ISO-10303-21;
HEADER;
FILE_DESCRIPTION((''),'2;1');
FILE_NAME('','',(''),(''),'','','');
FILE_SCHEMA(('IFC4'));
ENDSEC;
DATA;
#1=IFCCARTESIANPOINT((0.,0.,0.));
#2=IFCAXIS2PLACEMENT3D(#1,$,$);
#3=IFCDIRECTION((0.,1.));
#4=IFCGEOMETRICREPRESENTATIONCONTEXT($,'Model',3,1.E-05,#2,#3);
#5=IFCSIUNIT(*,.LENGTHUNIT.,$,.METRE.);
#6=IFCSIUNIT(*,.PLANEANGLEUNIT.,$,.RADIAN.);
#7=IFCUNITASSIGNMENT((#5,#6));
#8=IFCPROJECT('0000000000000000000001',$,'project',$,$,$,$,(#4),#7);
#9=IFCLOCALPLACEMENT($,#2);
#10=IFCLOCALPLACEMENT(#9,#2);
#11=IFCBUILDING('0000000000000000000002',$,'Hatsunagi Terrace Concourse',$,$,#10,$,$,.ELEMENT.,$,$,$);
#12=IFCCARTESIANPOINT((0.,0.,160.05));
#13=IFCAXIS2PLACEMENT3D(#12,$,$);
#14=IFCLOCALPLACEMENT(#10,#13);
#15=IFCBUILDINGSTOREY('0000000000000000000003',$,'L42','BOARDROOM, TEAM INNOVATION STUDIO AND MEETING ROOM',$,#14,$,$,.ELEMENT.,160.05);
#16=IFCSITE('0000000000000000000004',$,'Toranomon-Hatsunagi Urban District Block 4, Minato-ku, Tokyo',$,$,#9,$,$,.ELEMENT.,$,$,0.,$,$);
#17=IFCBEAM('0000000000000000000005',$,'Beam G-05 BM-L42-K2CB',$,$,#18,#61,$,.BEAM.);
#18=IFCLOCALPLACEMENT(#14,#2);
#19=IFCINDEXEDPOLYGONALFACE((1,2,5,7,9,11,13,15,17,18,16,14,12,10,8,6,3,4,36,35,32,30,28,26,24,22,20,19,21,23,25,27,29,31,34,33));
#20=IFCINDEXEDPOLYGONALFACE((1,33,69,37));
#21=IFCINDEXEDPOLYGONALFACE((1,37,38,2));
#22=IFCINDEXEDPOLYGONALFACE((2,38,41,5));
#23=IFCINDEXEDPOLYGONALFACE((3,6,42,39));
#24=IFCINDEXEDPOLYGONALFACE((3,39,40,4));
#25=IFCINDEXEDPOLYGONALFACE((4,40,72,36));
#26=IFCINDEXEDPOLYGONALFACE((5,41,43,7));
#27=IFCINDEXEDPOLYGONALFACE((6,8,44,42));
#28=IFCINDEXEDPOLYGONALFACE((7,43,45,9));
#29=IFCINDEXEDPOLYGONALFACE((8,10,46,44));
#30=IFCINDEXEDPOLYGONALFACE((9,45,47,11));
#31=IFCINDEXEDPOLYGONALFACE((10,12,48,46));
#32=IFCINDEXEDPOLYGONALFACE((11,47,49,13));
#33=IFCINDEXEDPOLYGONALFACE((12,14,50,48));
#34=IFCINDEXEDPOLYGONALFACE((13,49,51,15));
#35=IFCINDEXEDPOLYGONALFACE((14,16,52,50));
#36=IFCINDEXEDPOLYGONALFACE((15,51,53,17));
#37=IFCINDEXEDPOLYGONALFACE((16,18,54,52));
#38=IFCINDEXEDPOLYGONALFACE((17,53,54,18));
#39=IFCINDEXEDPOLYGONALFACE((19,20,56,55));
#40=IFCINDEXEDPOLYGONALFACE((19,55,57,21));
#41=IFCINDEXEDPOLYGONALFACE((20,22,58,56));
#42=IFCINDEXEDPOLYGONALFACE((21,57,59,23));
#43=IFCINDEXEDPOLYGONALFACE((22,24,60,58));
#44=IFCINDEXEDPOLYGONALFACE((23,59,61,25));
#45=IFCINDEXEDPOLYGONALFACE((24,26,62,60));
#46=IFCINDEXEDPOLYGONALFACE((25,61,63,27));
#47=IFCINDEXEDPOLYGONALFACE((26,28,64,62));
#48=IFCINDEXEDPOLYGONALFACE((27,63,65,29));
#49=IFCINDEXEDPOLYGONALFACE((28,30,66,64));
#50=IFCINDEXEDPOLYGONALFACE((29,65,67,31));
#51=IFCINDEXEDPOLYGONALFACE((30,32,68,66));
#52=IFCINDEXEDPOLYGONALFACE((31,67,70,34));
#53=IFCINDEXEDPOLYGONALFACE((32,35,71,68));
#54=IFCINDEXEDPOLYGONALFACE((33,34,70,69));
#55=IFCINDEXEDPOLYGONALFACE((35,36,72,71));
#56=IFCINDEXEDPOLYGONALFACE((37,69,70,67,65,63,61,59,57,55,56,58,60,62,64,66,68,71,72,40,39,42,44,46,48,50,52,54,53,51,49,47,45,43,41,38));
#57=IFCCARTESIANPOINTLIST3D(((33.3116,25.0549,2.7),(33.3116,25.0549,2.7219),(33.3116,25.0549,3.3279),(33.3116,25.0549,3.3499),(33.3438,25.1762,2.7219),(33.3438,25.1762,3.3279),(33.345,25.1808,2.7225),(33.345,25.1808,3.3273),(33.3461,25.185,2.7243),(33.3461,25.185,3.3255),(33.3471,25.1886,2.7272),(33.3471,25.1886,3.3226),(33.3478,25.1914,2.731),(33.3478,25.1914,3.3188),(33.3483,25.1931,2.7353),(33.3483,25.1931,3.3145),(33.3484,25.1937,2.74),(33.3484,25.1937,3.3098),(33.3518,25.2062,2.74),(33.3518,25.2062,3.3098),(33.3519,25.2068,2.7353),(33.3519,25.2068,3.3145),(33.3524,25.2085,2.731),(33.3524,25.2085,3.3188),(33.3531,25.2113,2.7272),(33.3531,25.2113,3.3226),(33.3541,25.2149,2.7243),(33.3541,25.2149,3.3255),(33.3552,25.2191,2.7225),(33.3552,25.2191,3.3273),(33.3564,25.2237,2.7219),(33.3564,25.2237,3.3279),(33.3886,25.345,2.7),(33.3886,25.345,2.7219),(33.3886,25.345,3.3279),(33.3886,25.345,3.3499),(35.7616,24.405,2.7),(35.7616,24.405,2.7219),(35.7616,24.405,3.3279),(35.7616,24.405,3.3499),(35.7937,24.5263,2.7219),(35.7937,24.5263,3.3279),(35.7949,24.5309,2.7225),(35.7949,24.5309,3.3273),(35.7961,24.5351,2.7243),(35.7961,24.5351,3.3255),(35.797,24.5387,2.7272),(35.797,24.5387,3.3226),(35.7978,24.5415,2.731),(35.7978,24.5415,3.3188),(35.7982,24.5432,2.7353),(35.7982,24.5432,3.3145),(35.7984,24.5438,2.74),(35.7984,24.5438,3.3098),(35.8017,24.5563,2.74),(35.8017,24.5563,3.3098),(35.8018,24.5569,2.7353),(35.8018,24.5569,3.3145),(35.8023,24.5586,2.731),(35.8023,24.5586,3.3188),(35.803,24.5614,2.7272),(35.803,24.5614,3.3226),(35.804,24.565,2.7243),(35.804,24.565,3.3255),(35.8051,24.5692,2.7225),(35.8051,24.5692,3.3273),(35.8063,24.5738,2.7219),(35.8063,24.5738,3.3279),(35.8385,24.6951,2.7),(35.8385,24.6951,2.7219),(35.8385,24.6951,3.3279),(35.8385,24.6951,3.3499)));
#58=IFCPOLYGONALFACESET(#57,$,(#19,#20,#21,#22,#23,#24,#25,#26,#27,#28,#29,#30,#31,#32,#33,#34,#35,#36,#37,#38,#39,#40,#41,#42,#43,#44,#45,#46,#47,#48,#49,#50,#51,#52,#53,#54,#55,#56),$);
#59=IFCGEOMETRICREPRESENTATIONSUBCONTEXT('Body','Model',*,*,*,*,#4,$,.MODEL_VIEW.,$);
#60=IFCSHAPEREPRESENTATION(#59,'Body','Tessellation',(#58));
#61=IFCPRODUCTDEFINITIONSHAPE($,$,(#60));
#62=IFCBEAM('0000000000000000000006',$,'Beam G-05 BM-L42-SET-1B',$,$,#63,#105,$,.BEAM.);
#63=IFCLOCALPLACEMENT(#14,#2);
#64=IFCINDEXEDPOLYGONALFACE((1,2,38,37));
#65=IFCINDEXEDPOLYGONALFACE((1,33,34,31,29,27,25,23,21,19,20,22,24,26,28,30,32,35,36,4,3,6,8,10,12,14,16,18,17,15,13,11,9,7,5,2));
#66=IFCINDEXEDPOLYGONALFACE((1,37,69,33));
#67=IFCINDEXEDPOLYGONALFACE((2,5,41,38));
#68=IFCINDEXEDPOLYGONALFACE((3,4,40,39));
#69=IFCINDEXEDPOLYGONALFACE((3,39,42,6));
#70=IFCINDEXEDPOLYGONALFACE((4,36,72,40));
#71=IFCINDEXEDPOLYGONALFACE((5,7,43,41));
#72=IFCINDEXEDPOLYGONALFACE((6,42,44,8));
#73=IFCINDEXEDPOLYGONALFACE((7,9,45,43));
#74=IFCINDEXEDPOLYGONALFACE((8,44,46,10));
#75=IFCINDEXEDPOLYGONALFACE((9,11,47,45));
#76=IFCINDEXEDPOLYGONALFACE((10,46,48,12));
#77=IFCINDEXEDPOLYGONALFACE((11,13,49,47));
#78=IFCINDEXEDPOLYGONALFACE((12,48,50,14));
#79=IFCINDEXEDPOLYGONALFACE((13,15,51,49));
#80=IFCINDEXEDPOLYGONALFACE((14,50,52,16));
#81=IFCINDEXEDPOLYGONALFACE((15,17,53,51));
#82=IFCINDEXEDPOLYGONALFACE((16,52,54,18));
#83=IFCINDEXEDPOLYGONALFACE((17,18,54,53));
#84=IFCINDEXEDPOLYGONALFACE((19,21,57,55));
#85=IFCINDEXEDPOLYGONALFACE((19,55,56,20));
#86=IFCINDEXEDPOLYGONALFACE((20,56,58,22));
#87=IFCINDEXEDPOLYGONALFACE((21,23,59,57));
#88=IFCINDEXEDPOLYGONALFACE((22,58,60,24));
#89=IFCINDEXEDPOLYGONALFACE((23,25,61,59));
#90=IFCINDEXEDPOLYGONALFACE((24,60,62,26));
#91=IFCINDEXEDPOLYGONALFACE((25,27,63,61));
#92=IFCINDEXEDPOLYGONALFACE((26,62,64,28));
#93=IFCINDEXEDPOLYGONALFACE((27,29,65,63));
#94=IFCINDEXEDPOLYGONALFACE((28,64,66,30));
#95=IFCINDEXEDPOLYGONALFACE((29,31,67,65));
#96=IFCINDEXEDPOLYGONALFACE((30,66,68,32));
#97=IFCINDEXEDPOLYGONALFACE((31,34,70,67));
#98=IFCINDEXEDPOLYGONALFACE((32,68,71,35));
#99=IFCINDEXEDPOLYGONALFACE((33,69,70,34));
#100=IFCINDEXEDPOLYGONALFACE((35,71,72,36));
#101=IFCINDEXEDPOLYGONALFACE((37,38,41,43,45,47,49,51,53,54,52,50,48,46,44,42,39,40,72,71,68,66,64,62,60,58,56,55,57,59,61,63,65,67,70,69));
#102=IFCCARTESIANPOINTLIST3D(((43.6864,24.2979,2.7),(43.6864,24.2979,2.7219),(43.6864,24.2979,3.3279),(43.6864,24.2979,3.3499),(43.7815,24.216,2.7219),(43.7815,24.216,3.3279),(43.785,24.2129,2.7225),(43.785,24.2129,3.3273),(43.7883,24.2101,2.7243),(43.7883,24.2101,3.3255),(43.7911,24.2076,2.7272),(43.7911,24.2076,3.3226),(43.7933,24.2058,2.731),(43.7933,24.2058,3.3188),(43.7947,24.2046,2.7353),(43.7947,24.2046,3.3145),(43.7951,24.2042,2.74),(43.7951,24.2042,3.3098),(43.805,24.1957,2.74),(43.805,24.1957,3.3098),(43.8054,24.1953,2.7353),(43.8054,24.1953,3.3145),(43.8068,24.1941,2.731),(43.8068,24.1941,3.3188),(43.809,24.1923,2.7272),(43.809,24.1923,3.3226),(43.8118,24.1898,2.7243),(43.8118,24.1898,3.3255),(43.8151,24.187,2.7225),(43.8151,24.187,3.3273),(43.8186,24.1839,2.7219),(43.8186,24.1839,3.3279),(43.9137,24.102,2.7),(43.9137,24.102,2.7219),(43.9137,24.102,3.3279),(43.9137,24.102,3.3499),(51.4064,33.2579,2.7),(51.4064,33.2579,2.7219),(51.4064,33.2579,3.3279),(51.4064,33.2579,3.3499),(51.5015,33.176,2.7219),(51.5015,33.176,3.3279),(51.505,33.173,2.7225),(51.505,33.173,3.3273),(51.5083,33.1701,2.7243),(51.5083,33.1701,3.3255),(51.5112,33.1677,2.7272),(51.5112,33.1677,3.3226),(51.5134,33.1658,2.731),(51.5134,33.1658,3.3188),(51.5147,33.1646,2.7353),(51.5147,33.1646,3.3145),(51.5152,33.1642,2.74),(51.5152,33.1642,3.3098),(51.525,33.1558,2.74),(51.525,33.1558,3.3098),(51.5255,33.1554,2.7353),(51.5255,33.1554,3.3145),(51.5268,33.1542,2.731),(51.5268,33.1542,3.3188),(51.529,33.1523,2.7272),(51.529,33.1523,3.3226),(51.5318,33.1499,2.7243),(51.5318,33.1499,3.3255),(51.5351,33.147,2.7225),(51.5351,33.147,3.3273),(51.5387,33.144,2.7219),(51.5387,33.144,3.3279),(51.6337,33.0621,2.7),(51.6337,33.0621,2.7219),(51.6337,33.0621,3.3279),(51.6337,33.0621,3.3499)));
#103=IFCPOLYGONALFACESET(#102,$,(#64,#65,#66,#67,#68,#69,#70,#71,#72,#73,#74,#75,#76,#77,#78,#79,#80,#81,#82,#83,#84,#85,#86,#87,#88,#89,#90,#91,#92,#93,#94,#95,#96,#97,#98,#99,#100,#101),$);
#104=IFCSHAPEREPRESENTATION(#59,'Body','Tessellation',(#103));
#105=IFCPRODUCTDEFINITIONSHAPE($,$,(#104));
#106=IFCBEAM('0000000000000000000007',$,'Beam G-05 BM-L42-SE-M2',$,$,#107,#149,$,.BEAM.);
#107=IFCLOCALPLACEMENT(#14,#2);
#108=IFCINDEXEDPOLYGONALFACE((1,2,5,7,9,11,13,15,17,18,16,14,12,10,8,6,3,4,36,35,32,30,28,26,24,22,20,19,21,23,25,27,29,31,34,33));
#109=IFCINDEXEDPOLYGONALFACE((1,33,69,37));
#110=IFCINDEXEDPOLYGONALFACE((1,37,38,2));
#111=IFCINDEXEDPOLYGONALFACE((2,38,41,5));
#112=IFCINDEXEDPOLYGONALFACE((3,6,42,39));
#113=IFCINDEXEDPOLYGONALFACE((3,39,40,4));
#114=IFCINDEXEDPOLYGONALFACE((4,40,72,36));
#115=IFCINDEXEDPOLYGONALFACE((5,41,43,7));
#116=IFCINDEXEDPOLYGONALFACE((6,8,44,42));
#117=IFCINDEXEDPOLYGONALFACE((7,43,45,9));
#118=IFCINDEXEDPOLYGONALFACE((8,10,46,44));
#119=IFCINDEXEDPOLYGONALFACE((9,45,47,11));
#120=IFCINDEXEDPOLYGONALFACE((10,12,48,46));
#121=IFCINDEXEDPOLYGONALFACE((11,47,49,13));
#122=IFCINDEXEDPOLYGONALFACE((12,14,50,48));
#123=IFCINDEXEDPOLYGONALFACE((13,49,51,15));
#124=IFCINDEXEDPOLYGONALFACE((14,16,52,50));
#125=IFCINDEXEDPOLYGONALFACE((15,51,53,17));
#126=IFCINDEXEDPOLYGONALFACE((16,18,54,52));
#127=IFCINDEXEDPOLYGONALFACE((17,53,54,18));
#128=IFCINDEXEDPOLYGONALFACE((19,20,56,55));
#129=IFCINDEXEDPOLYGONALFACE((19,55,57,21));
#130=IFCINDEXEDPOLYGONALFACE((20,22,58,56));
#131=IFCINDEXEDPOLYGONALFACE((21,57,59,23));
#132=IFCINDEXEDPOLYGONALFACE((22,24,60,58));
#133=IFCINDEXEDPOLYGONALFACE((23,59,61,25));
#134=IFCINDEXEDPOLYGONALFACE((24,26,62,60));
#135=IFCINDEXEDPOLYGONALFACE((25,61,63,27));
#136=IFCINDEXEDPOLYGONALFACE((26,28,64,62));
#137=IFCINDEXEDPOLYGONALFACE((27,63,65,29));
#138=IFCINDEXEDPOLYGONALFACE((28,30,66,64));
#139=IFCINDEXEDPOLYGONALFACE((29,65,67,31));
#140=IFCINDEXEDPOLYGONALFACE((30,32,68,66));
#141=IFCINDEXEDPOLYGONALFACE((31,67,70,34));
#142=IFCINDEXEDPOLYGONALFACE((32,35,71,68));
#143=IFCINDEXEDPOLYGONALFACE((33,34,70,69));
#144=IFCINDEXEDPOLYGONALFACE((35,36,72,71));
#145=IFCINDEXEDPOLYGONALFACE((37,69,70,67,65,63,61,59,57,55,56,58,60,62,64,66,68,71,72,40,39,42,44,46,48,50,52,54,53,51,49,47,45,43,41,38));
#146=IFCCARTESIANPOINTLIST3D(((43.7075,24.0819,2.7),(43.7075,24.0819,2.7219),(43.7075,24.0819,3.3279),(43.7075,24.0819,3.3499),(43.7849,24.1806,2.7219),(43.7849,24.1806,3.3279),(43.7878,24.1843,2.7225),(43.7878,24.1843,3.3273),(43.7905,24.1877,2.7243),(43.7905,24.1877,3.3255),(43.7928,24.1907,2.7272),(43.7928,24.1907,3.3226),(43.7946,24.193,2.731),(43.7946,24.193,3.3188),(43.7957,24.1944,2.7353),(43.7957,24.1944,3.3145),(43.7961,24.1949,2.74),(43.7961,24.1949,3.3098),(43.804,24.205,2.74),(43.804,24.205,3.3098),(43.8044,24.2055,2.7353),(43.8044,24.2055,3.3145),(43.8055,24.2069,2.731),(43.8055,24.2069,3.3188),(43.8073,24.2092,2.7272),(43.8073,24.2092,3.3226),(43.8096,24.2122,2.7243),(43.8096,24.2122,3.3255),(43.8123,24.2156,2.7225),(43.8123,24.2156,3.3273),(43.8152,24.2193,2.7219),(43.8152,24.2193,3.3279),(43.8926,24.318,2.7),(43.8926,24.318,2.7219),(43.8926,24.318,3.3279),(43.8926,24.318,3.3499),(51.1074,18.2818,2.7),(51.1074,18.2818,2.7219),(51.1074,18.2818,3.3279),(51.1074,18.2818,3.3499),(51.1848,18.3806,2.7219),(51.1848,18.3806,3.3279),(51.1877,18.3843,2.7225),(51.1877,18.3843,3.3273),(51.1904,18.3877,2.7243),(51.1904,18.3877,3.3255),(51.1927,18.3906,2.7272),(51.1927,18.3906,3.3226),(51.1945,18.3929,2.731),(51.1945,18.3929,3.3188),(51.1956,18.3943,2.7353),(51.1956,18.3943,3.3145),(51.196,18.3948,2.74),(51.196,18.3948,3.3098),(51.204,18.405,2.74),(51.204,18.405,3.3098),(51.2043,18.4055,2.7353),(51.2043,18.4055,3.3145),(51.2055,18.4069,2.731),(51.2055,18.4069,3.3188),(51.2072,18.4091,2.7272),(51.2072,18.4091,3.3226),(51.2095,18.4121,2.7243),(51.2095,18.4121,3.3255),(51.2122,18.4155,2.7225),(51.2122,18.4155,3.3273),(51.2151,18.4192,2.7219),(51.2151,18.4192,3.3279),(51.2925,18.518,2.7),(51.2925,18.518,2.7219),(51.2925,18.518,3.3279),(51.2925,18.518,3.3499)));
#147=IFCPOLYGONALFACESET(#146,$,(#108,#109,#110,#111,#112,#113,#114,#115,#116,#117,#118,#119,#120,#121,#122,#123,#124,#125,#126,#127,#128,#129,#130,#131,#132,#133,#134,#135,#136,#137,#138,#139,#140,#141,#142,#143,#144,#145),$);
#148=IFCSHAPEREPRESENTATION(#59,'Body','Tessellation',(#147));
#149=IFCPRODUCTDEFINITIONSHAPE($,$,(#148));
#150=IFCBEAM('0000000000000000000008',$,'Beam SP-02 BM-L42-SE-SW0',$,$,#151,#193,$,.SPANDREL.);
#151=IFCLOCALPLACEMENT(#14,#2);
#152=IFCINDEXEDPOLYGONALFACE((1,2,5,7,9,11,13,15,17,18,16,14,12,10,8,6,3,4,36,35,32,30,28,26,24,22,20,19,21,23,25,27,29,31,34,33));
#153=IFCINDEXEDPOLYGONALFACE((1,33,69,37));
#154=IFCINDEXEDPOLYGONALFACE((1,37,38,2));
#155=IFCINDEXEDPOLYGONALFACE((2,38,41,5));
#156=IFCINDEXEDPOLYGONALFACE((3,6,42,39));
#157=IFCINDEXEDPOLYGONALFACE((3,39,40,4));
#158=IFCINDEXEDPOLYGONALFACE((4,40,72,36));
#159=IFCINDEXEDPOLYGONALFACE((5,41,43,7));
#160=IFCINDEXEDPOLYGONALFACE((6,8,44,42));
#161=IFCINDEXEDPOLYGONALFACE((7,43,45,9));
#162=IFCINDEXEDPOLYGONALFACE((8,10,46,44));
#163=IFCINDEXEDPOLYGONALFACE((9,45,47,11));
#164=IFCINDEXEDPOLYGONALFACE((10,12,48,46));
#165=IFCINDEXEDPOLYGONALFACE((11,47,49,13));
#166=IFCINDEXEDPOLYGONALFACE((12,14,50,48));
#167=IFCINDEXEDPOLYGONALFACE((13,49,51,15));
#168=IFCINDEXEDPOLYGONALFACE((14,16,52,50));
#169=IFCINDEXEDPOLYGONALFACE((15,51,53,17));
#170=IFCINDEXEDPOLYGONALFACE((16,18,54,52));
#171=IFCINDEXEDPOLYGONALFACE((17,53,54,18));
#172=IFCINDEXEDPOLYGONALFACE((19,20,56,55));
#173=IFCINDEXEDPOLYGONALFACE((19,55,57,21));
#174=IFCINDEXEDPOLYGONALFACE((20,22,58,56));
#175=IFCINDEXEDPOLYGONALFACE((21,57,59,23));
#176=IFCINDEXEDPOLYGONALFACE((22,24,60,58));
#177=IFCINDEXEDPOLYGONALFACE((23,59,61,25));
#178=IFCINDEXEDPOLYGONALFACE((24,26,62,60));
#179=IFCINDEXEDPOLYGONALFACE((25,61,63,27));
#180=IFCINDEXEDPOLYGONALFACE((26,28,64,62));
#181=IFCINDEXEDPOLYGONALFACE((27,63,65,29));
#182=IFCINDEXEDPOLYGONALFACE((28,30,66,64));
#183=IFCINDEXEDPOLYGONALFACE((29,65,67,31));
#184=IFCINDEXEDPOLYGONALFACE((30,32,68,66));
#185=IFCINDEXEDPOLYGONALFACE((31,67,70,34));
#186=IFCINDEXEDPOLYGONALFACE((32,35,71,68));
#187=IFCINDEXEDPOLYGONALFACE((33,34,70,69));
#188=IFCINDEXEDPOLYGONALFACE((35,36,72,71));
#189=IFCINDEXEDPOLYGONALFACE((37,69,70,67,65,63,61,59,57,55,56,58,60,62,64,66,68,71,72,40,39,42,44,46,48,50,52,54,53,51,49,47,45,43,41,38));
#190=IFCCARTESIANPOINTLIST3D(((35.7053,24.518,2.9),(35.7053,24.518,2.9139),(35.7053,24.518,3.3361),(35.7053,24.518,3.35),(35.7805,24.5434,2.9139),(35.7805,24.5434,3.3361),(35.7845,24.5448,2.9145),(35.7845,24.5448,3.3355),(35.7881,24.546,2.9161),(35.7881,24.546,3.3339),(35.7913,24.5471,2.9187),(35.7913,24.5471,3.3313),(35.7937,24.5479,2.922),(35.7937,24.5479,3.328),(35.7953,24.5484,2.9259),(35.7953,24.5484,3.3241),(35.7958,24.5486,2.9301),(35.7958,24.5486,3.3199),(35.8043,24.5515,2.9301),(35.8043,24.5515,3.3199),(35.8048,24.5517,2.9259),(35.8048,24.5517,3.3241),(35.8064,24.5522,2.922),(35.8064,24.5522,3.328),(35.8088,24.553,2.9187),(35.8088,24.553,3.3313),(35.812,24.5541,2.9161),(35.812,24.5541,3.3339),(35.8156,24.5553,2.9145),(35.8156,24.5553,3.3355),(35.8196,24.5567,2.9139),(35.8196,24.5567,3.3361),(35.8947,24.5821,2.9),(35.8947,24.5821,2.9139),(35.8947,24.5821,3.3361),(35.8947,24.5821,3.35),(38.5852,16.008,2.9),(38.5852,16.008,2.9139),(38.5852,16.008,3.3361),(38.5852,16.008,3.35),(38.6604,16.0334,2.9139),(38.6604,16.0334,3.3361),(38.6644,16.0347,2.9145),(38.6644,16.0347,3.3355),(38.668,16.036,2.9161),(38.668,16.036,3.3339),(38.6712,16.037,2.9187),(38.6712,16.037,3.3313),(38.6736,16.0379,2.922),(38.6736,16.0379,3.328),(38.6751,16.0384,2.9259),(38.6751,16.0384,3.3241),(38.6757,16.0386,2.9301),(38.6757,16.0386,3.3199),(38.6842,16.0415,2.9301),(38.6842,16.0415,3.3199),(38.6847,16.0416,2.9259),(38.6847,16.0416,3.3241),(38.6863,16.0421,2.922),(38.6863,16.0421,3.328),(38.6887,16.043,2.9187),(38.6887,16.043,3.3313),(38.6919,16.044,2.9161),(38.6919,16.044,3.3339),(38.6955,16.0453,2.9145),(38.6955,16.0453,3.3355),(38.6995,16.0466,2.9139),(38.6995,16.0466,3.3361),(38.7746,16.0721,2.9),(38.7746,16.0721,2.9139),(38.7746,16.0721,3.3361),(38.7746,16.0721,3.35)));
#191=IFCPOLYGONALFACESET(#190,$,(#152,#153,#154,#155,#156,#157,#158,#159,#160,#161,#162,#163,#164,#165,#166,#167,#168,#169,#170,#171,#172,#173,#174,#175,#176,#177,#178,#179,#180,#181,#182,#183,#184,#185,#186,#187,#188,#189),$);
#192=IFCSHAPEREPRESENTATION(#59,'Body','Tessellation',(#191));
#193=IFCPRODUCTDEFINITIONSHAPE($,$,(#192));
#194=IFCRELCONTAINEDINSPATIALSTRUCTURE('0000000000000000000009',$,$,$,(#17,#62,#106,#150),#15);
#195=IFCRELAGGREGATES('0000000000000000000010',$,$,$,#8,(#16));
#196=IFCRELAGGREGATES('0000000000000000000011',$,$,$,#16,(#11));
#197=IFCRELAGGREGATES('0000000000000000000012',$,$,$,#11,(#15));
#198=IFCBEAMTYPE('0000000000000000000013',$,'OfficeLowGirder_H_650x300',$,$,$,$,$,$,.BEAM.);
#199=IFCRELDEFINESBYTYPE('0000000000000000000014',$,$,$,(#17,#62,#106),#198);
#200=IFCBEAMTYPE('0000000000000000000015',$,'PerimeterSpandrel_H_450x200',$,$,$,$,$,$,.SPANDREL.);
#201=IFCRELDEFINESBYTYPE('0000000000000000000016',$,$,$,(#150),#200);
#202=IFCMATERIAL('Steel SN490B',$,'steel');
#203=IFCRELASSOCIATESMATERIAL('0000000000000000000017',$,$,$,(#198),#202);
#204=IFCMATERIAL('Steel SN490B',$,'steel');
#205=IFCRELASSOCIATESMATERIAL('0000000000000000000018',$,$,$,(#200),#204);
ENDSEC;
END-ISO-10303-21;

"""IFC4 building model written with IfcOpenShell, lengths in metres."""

from ifc_helpers import new_model, si_unit, direction, frame, origin, origin_2d, place, context, subcontext, project, spatial, i_section, extrude, material, material_profile, profile_set, type_object, element, save


model = new_model("IFC4")

# Units and contexts
model_context = context("Model", 3, precision=1e-05, world=origin(), true_north=direction((0.0, 1.0)))
body_context = subcontext(model_context, "Body", "Model", "MODEL_VIEW")
ifc_project = project(units=[si_unit("LENGTHUNIT", "METRE"), si_unit("PLANEANGLEUNIT", "RADIAN")], contexts=[model_context])

# Site, building, storey
site_placement = place(None, origin())
site = spatial("IfcSite", under=ifc_project, at=site_placement, Name="Toranomon-Hatsunagi Urban District Block 4, Minato-ku, Tokyo", CompositionType="ELEMENT", RefElevation=0.0)
building_placement = place(site_placement, origin())
building = spatial("IfcBuilding", under=site, at=building_placement, Name="Hatsunagi Terrace Concourse", CompositionType="ELEMENT")
storey_placement = place(building_placement, frame((0.0, 0.0, 160.05)))
storey = spatial("IfcBuildingStorey", under=building, at=storey_placement, Name="L42", Description="BOARDROOM, TEAM INNOVATION STUDIO AND MEETING ROOM", CompositionType="ELEMENT", Elevation=160.05)

# Beams
ifc_material_1 = material(Name="Steel SN490B", Category="steel")
ifc_material_profile_1 = material_profile(ifc_material_1, i_section(OverallWidth=0.3, OverallDepth=0.6499, WebThickness=0.0129, FlangeThickness=0.022, FilletRadius=0.0181, at=origin_2d()), Name="H-650x300x13x22")
ifc_profile_set_1 = profile_set([ifc_material_profile_1], Name="Steel SN490B")
beam_type_1 = type_object("IfcBeamType", Name="OfficeLowGirder_H_650x300", PredefinedType="BEAM", material=ifc_profile_set_1)
beam_1_placement = place(storey_placement, frame((33.3501, 25.2, 3.0249), z_axis=(0.96657, -0.256403, 0.0), x_axis=(0.256403, 0.96657, 0.0)))
element("IfcBeam", 1, at=beam_1_placement, inside=storey, type_object=beam_type_1, Name="Beam G-05 BM-L42-K2CB", PredefinedType="BEAM", context=body_context, shape_type="SweptSolid", body=[
    extrude(i_section(OverallWidth=0.3, OverallDepth=0.6499, WebThickness=0.0129, FlangeThickness=0.022, FilletRadius=0.0181, at=origin_2d()), origin(), (0.0, 0.0, 1.0), 2.5347),
])
beam_2_placement = place(storey_placement, frame((43.8, 24.2, 3.0249), z_axis=(0.652739, 0.757583, 0.0), x_axis=(-0.757583, 0.652739, 0.0)))
element("IfcBeam", 2, at=beam_2_placement, inside=storey, type_object=beam_type_1, Name="Beam G-05 BM-L42-SET-1B", PredefinedType="BEAM", context=body_context, shape_type="SweptSolid", body=[
    extrude(i_section(OverallWidth=0.3, OverallDepth=0.6499, WebThickness=0.0129, FlangeThickness=0.022, FilletRadius=0.0181, at=origin_2d()), origin(), (0.0, 0.0, 1.0), 11.8271),
])
beam_3_placement = place(storey_placement, frame((43.8, 24.2, 3.0249), z_axis=(0.787049, -0.61689, 0.0), x_axis=(0.61689, 0.787049, 0.0)))
element("IfcBeam", 3, at=beam_3_placement, inside=storey, type_object=beam_type_1, Name="Beam G-05 BM-L42-SE-M2", PredefinedType="BEAM", context=body_context, shape_type="SweptSolid", body=[
    extrude(i_section(OverallWidth=0.3, OverallDepth=0.6499, WebThickness=0.0129, FlangeThickness=0.022, FilletRadius=0.0181, at=origin_2d()), origin(), (0.0, 0.0, 1.0), 9.4021),
])
ifc_material_2 = material(Name="Steel SN490B", Category="steel")
ifc_material_profile_2 = material_profile(ifc_material_2, i_section(OverallWidth=0.2, OverallDepth=0.45, WebThickness=0.009, FlangeThickness=0.0139, FilletRadius=0.0161, at=origin_2d()), Name="H-450x200x9x14")
ifc_profile_set_2 = profile_set([ifc_material_profile_2], Name="Steel SN490B")
beam_type_2 = type_object("IfcBeamType", Name="PerimeterSpandrel_H_450x200", PredefinedType="SPANDREL", material=ifc_profile_set_2)
beam_4_placement = place(storey_placement, frame((35.8, 24.55, 3.125), z_axis=(0.320553, -0.94723, 0.0), x_axis=(0.94723, 0.320553, 0.0)))
element("IfcBeam", 4, at=beam_4_placement, inside=storey, type_object=beam_type_2, Name="Beam SP-02 BM-L42-SE-SW0", PredefinedType="SPANDREL", context=body_context, shape_type="SweptSolid", body=[
    extrude(i_section(OverallWidth=0.2, OverallDepth=0.45, WebThickness=0.009, FlangeThickness=0.0139, FilletRadius=0.0161, at=origin_2d()), origin(), (0.0, 0.0, 1.0), 8.9841),
])

save(model, "model.ifc")
